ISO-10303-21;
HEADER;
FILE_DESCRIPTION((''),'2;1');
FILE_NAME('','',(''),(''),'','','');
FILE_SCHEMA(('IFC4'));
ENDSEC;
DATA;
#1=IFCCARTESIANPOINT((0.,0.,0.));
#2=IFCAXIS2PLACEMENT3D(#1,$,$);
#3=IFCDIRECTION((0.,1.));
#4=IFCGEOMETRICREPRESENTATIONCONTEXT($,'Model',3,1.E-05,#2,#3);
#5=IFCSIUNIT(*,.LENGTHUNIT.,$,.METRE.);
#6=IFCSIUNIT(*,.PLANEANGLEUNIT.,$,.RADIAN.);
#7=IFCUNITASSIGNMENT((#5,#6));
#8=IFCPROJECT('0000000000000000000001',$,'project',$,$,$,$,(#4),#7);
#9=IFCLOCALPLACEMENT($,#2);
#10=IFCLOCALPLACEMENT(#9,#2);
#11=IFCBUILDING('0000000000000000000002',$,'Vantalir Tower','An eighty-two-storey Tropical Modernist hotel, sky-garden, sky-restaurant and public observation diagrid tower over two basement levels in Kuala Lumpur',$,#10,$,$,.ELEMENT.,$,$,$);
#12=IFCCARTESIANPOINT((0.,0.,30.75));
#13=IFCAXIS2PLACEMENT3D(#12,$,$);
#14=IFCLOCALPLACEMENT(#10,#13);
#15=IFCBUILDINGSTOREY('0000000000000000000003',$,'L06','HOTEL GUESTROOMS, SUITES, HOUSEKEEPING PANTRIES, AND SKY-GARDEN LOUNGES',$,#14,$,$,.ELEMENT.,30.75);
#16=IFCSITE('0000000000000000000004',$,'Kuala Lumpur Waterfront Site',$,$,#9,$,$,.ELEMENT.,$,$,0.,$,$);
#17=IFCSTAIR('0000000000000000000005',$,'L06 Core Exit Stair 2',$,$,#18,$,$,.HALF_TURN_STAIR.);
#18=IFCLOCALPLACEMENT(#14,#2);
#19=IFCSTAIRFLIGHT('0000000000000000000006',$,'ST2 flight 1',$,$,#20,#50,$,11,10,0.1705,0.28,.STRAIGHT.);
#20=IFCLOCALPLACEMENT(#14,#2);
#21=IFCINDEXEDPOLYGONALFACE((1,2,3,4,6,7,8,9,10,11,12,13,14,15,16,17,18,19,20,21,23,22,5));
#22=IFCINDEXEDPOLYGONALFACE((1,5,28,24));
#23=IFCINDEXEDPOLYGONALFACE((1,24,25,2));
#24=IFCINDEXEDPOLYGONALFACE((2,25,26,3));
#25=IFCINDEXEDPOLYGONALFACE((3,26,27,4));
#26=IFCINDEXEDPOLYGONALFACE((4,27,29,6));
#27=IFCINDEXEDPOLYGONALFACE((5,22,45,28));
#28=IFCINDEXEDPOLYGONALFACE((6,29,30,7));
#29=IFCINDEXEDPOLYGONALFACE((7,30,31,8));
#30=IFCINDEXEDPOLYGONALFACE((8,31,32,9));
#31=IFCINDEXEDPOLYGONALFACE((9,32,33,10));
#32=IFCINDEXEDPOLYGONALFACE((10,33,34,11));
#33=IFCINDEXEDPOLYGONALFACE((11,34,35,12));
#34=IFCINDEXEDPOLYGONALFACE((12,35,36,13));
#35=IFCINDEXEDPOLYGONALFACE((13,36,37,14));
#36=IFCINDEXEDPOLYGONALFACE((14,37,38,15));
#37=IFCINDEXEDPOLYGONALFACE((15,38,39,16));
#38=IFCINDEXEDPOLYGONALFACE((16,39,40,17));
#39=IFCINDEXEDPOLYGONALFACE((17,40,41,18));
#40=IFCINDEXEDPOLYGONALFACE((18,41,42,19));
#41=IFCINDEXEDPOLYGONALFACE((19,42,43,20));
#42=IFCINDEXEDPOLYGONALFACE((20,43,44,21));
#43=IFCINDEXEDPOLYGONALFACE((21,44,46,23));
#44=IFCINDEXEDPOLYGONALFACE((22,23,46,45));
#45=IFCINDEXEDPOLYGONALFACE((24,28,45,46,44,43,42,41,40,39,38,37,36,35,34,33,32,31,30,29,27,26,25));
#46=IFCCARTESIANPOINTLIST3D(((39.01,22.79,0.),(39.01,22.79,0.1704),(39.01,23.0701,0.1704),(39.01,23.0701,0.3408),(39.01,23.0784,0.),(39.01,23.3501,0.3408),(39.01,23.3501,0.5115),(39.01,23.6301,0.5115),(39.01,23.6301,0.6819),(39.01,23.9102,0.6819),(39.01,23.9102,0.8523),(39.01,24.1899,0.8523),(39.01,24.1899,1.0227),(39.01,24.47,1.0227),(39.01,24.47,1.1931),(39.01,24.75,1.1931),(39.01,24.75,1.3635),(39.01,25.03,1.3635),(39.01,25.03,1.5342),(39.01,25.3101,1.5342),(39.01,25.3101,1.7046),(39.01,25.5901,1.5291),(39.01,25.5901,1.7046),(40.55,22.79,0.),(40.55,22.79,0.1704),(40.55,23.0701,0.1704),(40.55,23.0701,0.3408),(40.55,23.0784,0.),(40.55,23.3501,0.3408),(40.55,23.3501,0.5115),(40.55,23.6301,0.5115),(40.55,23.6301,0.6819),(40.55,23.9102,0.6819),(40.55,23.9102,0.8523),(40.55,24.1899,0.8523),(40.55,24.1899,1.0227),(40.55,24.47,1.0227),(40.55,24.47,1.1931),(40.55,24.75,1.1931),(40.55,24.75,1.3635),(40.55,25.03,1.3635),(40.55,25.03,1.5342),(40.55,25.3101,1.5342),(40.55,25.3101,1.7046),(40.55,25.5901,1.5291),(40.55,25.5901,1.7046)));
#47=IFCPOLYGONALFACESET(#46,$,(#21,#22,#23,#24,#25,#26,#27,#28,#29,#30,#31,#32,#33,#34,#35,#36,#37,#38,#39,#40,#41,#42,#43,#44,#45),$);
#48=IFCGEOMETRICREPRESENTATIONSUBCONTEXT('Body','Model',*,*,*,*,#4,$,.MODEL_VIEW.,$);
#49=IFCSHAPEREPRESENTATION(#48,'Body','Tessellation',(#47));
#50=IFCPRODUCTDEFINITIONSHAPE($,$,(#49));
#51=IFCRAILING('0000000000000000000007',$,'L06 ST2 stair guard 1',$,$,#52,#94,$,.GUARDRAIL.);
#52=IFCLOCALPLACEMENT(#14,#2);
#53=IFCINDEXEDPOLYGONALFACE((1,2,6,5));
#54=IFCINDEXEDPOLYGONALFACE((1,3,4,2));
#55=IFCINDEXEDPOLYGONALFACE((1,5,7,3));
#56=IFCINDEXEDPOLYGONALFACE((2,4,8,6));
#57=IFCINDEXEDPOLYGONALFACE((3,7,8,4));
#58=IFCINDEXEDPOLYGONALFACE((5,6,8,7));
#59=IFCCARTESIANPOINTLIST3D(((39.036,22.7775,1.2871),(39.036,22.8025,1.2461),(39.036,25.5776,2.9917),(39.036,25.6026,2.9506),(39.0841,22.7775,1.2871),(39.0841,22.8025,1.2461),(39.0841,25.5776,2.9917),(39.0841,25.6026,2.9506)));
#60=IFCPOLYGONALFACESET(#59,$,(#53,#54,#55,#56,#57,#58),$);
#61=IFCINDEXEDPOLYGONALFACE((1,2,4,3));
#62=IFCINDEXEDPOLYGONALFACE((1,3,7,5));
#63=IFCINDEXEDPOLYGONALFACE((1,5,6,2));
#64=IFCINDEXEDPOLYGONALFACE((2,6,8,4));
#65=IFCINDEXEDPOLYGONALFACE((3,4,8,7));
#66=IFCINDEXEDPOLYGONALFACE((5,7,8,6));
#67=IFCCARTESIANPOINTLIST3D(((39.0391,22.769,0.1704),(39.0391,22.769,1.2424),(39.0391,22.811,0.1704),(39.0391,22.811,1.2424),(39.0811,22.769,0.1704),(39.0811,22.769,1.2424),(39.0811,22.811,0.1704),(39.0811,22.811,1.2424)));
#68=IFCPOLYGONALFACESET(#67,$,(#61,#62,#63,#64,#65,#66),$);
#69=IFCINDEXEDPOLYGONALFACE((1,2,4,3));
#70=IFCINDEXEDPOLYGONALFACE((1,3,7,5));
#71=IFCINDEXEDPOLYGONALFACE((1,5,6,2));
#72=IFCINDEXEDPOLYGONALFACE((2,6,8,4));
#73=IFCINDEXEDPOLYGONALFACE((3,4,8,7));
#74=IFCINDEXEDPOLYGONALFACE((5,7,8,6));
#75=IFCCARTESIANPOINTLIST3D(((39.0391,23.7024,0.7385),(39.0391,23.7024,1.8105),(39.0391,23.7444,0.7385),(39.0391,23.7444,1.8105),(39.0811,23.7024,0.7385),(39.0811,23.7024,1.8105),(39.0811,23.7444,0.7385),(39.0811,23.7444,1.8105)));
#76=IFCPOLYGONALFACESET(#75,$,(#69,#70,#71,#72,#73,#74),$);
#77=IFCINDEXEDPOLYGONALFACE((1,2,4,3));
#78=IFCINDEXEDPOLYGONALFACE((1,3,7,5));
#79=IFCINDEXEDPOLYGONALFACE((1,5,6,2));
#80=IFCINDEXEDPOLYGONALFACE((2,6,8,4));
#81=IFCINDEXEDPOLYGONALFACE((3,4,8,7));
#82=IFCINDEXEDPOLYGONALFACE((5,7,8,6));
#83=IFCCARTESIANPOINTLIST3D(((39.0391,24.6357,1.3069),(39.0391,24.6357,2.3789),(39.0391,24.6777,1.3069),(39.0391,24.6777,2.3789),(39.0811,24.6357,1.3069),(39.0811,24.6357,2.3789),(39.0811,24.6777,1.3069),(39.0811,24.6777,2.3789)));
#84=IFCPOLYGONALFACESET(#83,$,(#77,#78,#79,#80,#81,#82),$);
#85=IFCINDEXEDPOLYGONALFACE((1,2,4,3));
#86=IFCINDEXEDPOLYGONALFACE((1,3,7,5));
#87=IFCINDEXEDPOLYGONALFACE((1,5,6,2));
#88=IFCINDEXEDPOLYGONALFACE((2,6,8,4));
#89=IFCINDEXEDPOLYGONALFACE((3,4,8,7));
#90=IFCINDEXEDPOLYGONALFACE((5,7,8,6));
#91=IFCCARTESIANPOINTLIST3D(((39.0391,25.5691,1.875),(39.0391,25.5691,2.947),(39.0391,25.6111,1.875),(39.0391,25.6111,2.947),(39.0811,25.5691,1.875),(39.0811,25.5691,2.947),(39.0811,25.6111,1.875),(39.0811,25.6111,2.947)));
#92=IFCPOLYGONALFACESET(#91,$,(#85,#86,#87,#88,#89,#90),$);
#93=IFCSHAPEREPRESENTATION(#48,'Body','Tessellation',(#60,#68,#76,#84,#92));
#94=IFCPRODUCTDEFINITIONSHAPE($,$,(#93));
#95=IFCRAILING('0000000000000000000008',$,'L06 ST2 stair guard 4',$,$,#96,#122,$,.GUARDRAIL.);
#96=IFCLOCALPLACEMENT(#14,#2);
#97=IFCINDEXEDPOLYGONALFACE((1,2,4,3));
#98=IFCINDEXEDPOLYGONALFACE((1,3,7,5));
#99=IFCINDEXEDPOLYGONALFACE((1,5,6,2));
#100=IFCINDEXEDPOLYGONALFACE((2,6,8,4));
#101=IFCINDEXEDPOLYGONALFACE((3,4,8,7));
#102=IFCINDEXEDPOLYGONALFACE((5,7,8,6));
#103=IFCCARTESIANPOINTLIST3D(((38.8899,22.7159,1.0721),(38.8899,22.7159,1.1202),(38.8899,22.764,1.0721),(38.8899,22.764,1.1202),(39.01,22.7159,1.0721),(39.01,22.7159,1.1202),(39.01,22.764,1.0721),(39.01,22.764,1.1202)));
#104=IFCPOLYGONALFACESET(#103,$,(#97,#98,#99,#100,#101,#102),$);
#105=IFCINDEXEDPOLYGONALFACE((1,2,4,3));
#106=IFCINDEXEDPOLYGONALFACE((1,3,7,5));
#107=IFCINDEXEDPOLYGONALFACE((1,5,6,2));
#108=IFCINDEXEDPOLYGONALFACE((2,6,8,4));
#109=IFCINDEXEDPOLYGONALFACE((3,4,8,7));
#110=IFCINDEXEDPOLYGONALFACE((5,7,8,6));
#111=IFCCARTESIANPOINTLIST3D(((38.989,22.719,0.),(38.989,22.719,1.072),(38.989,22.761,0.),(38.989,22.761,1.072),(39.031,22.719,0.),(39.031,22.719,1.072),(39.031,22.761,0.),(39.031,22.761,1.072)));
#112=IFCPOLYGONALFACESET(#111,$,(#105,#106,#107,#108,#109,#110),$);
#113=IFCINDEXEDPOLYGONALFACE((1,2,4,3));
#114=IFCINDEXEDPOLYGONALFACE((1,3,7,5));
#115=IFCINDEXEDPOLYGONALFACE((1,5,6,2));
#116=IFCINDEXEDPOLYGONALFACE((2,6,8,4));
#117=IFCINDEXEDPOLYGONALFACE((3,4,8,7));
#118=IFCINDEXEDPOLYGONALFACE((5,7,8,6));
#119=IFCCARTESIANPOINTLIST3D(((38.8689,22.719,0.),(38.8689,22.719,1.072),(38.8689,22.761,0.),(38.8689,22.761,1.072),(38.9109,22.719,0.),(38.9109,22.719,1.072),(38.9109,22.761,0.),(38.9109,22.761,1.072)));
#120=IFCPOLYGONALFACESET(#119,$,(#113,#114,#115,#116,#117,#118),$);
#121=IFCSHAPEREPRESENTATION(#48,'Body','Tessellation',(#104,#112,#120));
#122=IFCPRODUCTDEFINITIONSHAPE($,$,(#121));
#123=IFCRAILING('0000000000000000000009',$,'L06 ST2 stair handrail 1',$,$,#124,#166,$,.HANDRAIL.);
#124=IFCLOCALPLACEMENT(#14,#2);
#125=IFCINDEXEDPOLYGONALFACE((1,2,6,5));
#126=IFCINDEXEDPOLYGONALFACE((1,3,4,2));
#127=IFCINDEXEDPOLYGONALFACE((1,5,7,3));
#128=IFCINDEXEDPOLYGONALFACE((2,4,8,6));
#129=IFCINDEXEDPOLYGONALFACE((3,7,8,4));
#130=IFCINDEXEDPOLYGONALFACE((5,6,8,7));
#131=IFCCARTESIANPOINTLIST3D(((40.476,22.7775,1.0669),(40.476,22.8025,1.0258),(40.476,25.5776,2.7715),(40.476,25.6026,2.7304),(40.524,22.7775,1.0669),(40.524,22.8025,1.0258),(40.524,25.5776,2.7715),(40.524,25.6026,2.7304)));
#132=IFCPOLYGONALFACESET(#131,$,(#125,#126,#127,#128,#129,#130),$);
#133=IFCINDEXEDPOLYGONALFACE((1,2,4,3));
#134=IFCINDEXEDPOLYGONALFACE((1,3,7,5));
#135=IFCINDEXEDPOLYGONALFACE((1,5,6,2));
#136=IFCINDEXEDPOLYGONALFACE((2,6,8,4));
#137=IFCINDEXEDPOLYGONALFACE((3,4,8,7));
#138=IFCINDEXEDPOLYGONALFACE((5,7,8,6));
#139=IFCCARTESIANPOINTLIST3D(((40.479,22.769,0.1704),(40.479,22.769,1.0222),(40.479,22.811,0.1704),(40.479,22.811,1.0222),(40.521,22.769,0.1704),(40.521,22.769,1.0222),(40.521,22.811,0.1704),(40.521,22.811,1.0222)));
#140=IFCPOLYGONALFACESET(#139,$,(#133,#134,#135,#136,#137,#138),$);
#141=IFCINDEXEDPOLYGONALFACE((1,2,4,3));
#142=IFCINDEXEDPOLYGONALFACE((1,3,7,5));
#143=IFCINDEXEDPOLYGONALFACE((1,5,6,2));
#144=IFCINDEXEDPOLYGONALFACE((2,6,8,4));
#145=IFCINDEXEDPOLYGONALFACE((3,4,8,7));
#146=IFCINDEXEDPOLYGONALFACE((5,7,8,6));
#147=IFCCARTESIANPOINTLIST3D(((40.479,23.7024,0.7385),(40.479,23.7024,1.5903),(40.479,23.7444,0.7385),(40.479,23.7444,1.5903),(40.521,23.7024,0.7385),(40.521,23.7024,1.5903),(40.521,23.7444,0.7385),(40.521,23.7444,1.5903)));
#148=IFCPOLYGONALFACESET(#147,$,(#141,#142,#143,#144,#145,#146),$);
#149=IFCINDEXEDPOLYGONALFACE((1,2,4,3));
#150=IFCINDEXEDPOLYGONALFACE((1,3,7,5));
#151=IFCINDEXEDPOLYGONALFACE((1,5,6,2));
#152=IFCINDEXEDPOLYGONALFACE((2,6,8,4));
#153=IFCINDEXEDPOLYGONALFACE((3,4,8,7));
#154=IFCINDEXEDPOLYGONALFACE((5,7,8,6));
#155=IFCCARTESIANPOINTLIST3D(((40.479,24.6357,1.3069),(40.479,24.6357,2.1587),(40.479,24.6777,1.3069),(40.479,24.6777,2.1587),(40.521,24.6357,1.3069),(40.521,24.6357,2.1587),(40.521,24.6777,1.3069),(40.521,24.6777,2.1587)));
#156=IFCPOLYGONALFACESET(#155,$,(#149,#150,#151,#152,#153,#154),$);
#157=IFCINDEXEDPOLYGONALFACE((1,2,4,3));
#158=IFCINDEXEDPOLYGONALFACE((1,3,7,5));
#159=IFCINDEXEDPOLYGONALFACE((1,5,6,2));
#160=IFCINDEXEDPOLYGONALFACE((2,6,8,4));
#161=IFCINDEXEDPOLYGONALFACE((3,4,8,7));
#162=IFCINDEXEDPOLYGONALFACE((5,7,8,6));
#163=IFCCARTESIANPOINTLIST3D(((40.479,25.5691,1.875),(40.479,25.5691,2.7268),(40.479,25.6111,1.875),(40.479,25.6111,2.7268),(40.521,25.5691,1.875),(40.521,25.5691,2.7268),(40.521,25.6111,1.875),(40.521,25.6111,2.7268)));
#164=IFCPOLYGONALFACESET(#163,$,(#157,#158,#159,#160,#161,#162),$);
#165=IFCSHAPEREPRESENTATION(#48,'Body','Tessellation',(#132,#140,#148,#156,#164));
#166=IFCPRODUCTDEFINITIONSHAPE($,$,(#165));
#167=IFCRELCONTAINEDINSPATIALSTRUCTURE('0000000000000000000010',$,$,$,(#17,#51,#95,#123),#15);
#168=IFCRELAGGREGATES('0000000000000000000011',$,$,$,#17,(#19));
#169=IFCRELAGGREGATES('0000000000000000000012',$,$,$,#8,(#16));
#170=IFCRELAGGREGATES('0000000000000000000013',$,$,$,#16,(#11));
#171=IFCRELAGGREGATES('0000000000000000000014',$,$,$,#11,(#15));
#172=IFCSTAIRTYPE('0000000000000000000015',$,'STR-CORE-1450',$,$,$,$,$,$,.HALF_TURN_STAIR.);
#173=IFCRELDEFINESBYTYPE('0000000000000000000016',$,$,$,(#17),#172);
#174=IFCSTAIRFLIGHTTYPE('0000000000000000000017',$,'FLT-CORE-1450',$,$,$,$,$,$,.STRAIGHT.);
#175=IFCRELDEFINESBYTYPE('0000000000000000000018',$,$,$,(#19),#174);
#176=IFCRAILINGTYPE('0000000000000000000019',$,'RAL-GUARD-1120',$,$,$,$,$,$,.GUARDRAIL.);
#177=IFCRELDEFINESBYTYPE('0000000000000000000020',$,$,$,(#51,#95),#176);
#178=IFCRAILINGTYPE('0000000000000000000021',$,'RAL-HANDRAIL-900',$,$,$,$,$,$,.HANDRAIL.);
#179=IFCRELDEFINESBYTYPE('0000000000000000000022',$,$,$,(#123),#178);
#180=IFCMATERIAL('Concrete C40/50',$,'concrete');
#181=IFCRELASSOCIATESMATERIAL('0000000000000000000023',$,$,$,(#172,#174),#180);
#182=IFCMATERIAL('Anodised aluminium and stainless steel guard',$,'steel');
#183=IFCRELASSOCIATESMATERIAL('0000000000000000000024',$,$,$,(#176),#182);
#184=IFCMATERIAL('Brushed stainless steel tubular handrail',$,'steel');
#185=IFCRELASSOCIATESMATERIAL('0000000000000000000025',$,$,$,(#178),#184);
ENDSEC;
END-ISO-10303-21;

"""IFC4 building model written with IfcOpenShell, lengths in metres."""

from ifc_helpers import new_model, si_unit, direction, frame, origin, origin_2d, place, context, subcontext, project, spatial, polyline, rectangle, outline, extrude, material, type_object, element, aggregate, save


model = new_model("IFC4")

# Units and contexts
model_context = context("Model", 3, precision=1e-05, world=origin(), true_north=direction((0.0, 1.0)))
body_context = subcontext(model_context, "Body", "Model", "MODEL_VIEW")
ifc_project = project(units=[si_unit("LENGTHUNIT", "METRE"), si_unit("PLANEANGLEUNIT", "RADIAN")], contexts=[model_context])

# Site, building, storey
site_placement = place(None, origin())
site = spatial("IfcSite", under=ifc_project, at=site_placement, Name="Kuala Lumpur Waterfront Site", CompositionType="ELEMENT", RefElevation=0.0)
building_placement = place(site_placement, origin())
building = spatial("IfcBuilding", under=site, at=building_placement, Name="Vantalir Tower", Description="An eighty-two-storey Tropical Modernist hotel, sky-garden, sky-restaurant and public observation diagrid tower over two basement levels in Kuala Lumpur", CompositionType="ELEMENT")
storey_placement = place(building_placement, frame((0.0, 0.0, 30.75)))
storey = spatial("IfcBuildingStorey", under=building, at=storey_placement, Name="L06", Description="HOTEL GUESTROOMS, SUITES, HOUSEKEEPING PANTRIES, AND SKY-GARDEN LOUNGES", CompositionType="ELEMENT", Elevation=30.75)

# Stair, stair flight
ifc_material_1 = material(Name="Concrete C40/50", Category="concrete")
stair_type = type_object("IfcStairType", Name="STR-CORE-1450", PredefinedType="HALF_TURN_STAIR", material=ifc_material_1)
stair_placement = place(storey_placement, origin())
stair = element("IfcStair", 1, at=stair_placement, inside=storey, type_object=stair_type, Name="L06 Core Exit Stair 2", PredefinedType="HALF_TURN_STAIR")
stair_flight_type = type_object("IfcStairFlightType", Name="FLT-CORE-1450", PredefinedType="STRAIGHT", material=ifc_material_1)
stair_flight_placement = place(storey_placement, frame((39.78, 22.79, 0.0), z_axis=(0.0, 0.0, 1.0), x_axis=(0.0, 1.0, 0.0)))
stair_flight = element("IfcStairFlight", 2, at=stair_flight_placement, type_object=stair_flight_type, Name="ST2 flight 1", NumberOfRisers=11, NumberOfTreads=10, PredefinedType="STRAIGHT", RiserHeight=0.1705, TreadLength=0.28, context=body_context, shape_type="SweptSolid", body=[
    extrude(outline(polyline([(0.0, 0.0), (0.0, 0.1704), (0.28, 0.1704), (0.28, 0.3408), (0.5601, 0.3408), (0.5601, 0.5115), (0.8401, 0.5115), (0.8401, 0.6819), (1.1201, 0.6819), (1.1201, 0.8523), (1.3999, 0.8523), (1.3999, 1.0227), (1.6799, 1.0227), (1.6799, 1.1931), (1.96, 1.1931), (1.96, 1.3635), (2.24, 1.3635), (2.24, 1.5342), (2.52, 1.5342), (2.52, 1.7046), (2.8, 1.7046), (2.8, 1.875), (2.8, 1.5291), (0.2883, 0.0), (0.0, 0.0)])), frame((0.0, 0.77, 0.0), z_axis=(0.0, -1.0, 0.0), x_axis=(1.0, 0.0, 0.0)), (0.0, 0.0, 1.0), 1.54),
])
aggregate(stair, [stair_flight])

# Railings
ifc_material_2 = material(Name="Anodised aluminium and stainless steel guard", Category="steel")
railing_type_1 = type_object("IfcRailingType", Name="RAL-GUARD-1120", PredefinedType="GUARDRAIL", material=ifc_material_2)
railing_1_placement = place(storey_placement, frame((39.0601, 22.79, 0.1704)))
element("IfcRailing", 3, at=railing_1_placement, inside=storey, type_object=railing_type_1, Name="L06 ST2 stair guard 1", PredefinedType="GUARDRAIL", context=body_context, shape_type="SweptSolid", body=[
    extrude(rectangle(XDim=0.0481, YDim=0.0481, at=origin_2d()), frame((0.0, 0.0, 1.0962), z_axis=(0.0, 0.85417, 0.519994), x_axis=(-1.0, 0.0, 0.0)), (0.0, 0.0, 1.0), 3.2781),
    extrude(rectangle(XDim=0.042, YDim=0.042, at=origin_2d()), origin(), (0.0, 0.0, 1.0), 1.072),
    extrude(rectangle(XDim=0.042, YDim=0.042, at=origin_2d()), frame((0.0, 0.9333, 0.5681)), (0.0, 0.0, 1.0), 1.072),
    extrude(rectangle(XDim=0.042, YDim=0.042, at=origin_2d()), frame((0.0, 1.8667, 1.1365)), (0.0, 0.0, 1.0), 1.072),
    extrude(rectangle(XDim=0.042, YDim=0.042, at=origin_2d()), frame((0.0, 2.8, 1.7046)), (0.0, 0.0, 1.0), 1.072),
])
railing_2_placement = place(storey_placement, frame((39.01, 22.74, 0.0)))
element("IfcRailing", 4, at=railing_2_placement, inside=storey, type_object=railing_type_1, Name="L06 ST2 stair guard 4", PredefinedType="GUARDRAIL", context=body_context, shape_type="SweptSolid", body=[
    extrude(rectangle(XDim=0.0481, YDim=0.0481, at=origin_2d()), frame((0.0, 0.0, 1.0962), z_axis=(-1.0, 0.0, 0.0), x_axis=(0.0, -1.0, 0.0)), (0.0, 0.0, 1.0), 0.1201),
    extrude(rectangle(XDim=0.042, YDim=0.042, at=origin_2d()), origin(), (0.0, 0.0, 1.0), 1.072),
    extrude(rectangle(XDim=0.042, YDim=0.042, at=origin_2d()), frame((-0.1201, 0.0, 0.0)), (0.0, 0.0, 1.0), 1.072),
])
ifc_material_3 = material(Name="Brushed stainless steel tubular handrail", Category="steel")
railing_type_2 = type_object("IfcRailingType", Name="RAL-HANDRAIL-900", PredefinedType="HANDRAIL", material=ifc_material_3)
railing_3_placement = place(storey_placement, frame((40.5, 22.79, 0.1704)))
element("IfcRailing", 5, at=railing_3_placement, inside=storey, type_object=railing_type_2, Name="L06 ST2 stair handrail 1", PredefinedType="HANDRAIL", context=body_context, shape_type="SweptSolid", body=[
    extrude(rectangle(XDim=0.0481, YDim=0.0481, at=origin_2d()), frame((0.0, 0.0, 0.876), z_axis=(0.0, 0.85417, 0.519994), x_axis=(-1.0, 0.0, 0.0)), (0.0, 0.0, 1.0), 3.2781),
    extrude(rectangle(XDim=0.042, YDim=0.042, at=origin_2d()), origin(), (0.0, 0.0, 1.0), 0.8518),
    extrude(rectangle(XDim=0.042, YDim=0.042, at=origin_2d()), frame((0.0, 0.9333, 0.5681)), (0.0, 0.0, 1.0), 0.8518),
    extrude(rectangle(XDim=0.042, YDim=0.042, at=origin_2d()), frame((0.0, 1.8667, 1.1365)), (0.0, 0.0, 1.0), 0.8518),
    extrude(rectangle(XDim=0.042, YDim=0.042, at=origin_2d()), frame((0.0, 2.8, 1.7046)), (0.0, 0.0, 1.0), 0.8518),
])

save(model, "model.ifc")
